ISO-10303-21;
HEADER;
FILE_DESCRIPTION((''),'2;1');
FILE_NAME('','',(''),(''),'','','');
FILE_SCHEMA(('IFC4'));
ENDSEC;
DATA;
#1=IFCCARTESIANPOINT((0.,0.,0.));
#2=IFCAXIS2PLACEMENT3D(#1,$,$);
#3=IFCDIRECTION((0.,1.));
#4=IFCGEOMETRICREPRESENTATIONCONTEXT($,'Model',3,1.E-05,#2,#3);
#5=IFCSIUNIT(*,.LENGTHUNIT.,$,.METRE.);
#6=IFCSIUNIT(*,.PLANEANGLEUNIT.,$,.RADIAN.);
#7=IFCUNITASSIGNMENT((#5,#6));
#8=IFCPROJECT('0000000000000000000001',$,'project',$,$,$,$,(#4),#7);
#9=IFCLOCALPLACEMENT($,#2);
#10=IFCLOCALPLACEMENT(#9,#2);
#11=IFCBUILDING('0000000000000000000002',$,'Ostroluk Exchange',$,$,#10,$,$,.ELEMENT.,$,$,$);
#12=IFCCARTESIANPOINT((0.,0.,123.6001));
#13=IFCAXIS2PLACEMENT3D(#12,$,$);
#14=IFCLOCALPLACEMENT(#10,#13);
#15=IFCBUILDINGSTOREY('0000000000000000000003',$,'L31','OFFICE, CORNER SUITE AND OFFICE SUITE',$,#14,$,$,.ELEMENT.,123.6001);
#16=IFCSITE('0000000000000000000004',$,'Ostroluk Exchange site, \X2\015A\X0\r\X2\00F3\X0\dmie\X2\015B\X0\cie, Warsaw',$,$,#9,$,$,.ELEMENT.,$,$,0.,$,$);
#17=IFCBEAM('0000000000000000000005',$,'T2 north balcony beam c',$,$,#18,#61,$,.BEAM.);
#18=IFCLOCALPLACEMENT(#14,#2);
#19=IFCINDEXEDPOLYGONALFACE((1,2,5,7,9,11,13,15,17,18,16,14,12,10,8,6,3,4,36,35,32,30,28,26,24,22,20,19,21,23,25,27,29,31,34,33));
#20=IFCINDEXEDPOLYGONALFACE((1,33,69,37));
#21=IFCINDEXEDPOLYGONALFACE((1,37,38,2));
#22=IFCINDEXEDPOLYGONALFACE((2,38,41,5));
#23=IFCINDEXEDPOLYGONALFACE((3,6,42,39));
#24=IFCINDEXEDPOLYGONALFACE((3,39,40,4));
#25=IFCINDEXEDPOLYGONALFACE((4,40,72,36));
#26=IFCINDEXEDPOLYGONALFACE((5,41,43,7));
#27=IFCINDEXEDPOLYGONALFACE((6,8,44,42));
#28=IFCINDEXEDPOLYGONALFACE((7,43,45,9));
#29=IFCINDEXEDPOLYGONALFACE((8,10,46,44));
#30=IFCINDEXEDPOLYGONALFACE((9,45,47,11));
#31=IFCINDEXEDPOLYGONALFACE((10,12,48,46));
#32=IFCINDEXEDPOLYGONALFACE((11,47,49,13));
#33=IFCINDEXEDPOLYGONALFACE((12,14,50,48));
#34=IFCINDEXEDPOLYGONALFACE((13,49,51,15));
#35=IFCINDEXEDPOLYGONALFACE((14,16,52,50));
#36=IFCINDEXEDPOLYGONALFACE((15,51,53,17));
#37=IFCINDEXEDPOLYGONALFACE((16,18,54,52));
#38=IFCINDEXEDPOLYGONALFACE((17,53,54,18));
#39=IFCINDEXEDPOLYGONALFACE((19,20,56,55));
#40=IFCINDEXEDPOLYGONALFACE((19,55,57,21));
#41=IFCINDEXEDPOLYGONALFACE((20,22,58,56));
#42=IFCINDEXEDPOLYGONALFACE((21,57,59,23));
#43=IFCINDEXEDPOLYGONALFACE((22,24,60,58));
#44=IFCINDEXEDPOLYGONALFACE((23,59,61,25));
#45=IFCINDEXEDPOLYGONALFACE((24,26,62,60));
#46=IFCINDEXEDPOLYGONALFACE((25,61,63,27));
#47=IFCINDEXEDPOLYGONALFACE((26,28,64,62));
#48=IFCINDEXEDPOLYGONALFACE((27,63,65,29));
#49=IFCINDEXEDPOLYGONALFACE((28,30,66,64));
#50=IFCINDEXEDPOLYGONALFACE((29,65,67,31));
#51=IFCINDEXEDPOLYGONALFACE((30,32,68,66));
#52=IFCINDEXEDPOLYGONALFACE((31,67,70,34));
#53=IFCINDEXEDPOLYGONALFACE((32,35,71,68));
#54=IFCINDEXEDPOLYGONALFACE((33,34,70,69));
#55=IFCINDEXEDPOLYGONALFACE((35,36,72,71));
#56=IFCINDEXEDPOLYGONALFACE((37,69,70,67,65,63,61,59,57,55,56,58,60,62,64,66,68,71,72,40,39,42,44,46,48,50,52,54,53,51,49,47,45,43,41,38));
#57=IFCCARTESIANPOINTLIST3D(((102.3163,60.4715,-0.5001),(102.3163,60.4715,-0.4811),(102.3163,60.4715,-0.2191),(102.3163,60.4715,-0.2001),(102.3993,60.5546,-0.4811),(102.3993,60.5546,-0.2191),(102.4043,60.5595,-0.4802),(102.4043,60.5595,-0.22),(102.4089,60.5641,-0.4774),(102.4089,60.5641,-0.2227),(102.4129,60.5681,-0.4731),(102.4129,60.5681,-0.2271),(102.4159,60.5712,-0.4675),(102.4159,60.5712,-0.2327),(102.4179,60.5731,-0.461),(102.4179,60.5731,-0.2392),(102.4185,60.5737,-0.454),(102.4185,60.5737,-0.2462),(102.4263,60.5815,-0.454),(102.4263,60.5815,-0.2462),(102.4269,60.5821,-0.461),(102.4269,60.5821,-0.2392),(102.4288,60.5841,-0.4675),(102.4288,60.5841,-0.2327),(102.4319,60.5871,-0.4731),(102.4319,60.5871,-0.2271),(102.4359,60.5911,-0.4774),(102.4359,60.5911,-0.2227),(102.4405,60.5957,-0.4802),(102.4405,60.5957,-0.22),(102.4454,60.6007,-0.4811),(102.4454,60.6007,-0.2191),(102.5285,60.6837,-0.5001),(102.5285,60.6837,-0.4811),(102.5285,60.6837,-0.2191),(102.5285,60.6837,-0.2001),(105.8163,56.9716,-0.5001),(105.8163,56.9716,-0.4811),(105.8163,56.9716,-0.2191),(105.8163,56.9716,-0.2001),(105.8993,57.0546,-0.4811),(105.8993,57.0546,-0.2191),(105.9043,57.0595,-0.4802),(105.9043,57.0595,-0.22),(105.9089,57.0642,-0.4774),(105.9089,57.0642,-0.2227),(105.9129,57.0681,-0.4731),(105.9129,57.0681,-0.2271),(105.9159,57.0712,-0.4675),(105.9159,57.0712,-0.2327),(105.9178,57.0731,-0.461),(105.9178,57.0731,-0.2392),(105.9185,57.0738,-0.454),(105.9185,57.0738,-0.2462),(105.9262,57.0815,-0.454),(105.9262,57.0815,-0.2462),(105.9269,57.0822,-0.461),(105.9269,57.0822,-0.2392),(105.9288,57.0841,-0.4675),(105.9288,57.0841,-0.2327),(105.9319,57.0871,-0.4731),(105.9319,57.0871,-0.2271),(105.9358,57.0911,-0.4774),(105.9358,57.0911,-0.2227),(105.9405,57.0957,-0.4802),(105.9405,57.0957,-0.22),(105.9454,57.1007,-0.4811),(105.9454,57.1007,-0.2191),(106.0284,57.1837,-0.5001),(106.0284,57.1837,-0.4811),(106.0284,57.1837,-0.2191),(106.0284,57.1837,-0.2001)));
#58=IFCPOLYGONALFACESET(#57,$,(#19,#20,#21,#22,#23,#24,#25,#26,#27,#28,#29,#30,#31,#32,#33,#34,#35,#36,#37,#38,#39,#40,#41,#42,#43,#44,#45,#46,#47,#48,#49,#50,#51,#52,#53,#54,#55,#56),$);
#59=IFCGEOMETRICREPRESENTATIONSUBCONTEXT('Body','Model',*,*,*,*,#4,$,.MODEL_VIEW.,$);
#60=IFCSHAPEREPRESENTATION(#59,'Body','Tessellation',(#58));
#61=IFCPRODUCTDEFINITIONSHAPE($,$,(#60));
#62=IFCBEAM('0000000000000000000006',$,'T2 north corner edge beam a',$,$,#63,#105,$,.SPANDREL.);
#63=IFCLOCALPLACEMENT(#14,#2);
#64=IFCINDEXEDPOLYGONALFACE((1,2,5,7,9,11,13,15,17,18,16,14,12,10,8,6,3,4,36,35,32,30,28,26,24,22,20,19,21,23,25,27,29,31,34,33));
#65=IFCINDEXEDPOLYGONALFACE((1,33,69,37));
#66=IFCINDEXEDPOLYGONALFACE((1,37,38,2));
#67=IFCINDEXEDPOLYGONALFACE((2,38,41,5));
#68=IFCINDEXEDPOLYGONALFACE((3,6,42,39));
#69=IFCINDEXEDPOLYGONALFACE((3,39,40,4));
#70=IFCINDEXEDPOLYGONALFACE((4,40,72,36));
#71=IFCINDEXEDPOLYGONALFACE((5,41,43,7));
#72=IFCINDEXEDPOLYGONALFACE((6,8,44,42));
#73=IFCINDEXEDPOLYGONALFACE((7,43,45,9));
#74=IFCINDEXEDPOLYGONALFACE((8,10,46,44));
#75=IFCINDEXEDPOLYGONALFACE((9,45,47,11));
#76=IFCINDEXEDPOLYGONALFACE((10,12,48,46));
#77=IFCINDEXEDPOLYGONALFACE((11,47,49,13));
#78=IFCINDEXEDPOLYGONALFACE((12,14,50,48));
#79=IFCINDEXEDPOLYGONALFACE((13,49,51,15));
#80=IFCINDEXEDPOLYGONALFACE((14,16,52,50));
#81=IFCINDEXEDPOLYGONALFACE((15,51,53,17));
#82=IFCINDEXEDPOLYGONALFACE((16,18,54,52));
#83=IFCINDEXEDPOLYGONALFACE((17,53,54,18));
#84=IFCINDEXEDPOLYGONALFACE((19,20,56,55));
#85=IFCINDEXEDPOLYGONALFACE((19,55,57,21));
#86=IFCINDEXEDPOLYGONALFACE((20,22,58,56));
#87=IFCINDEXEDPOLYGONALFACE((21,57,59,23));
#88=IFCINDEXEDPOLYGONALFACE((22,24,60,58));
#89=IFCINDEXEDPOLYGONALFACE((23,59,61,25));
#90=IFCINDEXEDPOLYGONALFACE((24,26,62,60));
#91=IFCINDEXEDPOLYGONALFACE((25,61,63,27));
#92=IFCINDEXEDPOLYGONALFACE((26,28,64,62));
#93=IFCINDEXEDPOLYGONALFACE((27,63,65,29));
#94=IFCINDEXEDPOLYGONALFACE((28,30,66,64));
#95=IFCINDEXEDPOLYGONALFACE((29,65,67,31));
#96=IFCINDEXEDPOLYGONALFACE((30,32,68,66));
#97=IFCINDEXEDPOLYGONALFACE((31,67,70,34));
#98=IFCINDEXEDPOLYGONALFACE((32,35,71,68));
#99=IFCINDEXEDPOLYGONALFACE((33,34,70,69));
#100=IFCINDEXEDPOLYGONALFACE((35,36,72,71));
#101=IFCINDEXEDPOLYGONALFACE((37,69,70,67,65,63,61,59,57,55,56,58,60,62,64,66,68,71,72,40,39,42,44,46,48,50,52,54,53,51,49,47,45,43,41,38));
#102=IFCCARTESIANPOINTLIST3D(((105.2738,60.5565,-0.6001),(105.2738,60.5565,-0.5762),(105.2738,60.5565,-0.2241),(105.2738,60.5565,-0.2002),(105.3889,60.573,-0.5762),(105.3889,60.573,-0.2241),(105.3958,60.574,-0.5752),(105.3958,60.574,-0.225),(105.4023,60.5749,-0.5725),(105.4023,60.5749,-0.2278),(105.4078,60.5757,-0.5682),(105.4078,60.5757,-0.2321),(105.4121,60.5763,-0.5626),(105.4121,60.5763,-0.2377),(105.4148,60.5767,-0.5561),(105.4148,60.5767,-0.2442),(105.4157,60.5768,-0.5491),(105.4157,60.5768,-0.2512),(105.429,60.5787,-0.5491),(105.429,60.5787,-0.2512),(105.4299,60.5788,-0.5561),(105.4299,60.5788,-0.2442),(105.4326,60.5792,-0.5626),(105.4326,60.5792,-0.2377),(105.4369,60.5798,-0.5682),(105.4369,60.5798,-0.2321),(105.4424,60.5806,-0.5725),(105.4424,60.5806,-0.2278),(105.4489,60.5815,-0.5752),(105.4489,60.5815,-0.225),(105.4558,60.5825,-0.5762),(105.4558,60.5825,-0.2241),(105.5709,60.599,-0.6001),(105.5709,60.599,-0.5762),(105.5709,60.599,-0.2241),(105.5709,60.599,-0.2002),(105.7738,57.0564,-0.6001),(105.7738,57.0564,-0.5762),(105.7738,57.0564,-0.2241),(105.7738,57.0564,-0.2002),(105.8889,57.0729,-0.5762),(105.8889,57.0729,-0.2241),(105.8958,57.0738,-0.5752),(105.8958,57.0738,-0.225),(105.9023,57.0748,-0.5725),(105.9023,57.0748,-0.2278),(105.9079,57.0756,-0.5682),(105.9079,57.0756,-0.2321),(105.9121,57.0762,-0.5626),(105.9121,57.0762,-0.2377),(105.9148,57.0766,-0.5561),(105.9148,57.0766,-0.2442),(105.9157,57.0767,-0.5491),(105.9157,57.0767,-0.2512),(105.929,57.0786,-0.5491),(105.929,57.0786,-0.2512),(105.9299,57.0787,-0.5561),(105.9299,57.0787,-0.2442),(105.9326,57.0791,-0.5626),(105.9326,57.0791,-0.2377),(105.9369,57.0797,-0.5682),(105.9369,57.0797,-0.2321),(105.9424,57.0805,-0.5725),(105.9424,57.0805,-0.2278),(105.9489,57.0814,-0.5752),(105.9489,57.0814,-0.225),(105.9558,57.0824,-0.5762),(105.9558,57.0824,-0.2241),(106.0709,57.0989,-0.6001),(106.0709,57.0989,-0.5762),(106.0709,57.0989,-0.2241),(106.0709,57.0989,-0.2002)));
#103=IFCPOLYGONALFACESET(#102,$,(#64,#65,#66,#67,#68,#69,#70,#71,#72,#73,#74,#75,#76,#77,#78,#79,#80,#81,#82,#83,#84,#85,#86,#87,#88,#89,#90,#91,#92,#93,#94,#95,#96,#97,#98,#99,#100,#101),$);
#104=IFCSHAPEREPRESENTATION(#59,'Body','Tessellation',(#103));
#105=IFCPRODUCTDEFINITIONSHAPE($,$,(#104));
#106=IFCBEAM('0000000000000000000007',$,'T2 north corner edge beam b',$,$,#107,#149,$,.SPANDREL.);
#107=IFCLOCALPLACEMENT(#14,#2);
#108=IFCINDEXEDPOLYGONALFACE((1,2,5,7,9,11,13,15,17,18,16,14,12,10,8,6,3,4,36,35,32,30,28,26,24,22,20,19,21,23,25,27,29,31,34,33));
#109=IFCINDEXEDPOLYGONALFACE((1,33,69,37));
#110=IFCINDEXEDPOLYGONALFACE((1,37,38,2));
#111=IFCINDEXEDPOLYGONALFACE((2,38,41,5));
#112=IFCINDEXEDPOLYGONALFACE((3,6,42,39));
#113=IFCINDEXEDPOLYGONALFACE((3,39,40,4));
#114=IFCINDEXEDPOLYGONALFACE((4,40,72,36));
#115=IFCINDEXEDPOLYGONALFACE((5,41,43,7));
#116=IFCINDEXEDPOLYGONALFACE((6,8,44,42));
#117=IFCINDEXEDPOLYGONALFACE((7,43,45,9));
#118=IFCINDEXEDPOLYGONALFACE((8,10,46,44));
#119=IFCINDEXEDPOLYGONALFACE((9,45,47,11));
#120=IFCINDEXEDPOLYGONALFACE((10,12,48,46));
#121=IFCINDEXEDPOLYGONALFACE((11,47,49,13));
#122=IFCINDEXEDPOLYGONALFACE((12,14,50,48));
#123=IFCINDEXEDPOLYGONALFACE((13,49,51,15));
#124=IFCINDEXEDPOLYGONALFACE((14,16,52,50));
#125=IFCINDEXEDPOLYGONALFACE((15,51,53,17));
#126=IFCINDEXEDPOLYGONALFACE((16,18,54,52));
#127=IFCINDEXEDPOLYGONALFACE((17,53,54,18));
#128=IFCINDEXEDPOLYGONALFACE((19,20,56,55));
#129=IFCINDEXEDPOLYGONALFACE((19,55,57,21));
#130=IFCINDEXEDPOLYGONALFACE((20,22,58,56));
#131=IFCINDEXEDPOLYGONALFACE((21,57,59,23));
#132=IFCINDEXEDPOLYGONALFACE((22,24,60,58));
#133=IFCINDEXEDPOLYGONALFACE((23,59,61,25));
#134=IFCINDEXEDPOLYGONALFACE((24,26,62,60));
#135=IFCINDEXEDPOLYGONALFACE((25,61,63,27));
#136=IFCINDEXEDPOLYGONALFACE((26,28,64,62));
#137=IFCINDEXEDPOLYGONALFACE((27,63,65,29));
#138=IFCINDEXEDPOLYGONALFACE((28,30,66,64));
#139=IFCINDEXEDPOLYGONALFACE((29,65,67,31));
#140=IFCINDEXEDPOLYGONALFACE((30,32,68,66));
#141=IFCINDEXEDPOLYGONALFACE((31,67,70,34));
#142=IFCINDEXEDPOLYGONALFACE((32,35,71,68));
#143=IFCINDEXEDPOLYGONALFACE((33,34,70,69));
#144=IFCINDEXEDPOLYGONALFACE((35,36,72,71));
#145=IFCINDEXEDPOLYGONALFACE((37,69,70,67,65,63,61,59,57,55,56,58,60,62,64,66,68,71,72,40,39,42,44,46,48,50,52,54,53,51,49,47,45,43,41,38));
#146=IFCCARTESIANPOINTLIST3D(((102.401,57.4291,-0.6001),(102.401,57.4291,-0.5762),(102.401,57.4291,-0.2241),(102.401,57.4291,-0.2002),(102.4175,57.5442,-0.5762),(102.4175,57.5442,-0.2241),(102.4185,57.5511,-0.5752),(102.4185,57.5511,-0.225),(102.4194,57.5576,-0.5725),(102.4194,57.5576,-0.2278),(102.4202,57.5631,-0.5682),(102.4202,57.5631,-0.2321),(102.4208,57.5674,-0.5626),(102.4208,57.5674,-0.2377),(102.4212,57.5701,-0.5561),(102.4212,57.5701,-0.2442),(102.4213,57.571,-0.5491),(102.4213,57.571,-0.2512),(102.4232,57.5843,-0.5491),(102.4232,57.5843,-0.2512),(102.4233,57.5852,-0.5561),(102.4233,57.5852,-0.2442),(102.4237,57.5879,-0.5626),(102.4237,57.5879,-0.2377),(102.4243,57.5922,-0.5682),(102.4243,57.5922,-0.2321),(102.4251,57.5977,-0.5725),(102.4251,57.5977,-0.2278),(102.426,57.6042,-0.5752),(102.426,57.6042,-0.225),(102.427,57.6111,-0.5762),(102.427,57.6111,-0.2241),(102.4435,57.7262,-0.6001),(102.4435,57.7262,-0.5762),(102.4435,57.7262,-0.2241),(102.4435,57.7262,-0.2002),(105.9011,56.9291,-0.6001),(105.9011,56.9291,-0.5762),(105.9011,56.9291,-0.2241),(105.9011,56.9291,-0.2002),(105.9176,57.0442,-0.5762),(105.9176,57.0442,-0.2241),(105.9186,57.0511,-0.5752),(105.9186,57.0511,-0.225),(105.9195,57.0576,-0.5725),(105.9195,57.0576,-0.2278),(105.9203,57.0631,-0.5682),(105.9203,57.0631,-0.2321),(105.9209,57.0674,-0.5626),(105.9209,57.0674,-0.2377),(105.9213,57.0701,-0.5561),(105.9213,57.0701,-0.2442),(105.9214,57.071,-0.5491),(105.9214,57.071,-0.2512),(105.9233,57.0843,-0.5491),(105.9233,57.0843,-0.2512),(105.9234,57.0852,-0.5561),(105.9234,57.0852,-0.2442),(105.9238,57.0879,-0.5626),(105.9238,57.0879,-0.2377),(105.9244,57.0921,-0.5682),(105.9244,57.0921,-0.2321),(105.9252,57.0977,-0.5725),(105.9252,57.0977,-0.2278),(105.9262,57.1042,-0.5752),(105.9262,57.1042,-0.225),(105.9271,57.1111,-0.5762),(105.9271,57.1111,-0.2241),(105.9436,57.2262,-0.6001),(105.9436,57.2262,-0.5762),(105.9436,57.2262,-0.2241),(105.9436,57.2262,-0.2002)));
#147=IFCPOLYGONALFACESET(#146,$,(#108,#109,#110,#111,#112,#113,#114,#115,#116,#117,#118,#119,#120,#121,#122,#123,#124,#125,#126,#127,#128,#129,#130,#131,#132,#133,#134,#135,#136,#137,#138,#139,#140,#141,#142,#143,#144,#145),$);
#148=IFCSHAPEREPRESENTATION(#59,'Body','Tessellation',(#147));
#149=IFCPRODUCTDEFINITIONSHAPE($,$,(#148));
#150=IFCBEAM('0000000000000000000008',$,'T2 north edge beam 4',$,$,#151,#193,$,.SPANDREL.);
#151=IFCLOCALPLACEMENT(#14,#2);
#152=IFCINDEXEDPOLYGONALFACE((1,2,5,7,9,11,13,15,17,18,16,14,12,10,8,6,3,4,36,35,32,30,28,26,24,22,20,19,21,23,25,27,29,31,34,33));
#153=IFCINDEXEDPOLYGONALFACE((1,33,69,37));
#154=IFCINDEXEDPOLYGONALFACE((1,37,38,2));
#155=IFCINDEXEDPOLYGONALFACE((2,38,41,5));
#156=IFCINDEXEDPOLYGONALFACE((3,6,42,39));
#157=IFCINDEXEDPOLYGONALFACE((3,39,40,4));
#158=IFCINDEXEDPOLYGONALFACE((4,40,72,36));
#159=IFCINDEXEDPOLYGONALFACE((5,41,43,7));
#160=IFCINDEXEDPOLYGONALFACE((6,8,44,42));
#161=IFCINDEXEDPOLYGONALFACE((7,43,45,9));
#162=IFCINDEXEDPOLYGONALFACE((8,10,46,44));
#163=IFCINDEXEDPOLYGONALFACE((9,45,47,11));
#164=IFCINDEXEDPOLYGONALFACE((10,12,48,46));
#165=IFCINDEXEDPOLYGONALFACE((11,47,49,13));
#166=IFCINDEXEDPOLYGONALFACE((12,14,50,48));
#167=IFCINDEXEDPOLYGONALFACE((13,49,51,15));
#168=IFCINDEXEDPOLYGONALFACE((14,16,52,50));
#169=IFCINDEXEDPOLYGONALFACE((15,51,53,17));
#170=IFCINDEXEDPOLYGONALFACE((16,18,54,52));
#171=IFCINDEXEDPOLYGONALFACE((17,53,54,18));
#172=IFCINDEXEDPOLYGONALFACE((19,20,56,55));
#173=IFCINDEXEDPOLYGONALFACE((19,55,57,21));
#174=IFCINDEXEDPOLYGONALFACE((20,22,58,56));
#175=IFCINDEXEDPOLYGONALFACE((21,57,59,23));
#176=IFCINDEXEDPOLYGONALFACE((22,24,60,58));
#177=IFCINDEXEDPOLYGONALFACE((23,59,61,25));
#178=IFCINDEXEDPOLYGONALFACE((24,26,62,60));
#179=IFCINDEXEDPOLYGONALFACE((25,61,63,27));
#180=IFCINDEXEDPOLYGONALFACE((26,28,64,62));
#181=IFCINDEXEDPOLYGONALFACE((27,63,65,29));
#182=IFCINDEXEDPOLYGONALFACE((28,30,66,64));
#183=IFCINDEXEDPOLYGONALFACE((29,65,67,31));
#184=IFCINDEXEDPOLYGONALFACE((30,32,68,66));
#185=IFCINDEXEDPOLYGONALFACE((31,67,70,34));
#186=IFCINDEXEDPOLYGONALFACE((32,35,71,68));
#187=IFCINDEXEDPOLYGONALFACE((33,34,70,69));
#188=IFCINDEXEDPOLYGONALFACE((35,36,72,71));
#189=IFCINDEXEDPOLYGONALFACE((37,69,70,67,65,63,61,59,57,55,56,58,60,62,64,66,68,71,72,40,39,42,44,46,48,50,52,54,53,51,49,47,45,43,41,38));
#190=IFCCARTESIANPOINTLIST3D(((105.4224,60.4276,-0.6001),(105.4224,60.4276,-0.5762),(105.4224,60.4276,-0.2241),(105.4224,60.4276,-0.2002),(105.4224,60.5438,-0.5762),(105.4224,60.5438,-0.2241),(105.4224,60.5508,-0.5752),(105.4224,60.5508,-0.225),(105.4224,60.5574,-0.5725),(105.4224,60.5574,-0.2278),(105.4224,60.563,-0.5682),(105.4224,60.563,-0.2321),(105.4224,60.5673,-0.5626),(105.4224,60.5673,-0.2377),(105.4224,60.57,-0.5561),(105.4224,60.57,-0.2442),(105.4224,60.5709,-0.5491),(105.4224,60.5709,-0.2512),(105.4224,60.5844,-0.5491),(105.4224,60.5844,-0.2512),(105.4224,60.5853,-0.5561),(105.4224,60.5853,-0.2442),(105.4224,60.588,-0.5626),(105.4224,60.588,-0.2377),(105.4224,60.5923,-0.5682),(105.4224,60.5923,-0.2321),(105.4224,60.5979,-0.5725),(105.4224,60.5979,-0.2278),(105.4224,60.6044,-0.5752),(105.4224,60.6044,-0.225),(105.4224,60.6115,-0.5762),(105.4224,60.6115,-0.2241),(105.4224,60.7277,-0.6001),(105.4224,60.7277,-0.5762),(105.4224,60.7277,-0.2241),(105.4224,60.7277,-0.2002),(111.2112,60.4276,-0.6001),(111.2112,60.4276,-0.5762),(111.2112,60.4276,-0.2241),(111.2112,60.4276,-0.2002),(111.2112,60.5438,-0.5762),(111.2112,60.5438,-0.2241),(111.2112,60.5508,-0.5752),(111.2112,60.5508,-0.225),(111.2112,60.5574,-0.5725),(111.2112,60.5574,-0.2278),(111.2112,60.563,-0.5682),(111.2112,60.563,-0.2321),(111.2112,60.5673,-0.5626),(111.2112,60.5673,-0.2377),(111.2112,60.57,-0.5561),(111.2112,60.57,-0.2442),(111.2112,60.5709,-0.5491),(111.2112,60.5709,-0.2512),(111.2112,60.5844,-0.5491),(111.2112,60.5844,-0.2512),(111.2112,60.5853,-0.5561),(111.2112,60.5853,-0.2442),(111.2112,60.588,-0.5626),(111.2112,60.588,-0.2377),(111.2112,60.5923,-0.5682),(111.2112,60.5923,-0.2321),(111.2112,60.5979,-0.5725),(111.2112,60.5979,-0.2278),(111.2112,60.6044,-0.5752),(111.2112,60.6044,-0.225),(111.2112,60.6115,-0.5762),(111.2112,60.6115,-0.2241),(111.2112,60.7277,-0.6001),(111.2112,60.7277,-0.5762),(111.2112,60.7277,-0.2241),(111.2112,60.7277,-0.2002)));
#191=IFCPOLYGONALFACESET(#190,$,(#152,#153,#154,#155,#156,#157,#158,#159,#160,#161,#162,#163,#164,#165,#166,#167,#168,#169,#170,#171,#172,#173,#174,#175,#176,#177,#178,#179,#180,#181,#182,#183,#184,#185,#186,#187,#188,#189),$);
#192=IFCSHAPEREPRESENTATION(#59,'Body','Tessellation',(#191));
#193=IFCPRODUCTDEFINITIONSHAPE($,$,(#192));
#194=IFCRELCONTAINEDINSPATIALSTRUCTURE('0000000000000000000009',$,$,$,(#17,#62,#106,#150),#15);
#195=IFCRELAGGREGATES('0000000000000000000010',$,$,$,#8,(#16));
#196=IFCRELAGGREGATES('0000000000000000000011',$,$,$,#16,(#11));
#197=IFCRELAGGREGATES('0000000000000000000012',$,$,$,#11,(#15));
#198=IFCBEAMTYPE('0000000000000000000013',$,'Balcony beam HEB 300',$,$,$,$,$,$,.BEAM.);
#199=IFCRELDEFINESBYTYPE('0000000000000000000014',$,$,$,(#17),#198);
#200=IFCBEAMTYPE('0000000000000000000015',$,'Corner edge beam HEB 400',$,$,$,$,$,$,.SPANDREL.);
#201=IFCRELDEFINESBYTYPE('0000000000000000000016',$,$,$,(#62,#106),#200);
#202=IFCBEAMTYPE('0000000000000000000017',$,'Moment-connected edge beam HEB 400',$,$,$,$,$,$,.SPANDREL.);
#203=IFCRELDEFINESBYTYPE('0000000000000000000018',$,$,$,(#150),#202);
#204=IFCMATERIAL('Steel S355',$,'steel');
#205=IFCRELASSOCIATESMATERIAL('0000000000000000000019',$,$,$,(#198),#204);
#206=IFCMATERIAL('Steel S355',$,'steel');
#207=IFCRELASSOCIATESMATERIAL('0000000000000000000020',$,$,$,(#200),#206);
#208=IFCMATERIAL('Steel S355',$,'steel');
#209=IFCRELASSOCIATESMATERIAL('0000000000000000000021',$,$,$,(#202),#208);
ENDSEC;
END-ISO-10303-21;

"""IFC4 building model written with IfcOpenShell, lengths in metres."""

from ifc_helpers import new_model, si_unit, direction, frame, origin, origin_2d, place, context, subcontext, project, spatial, i_section, extrude, material, material_profile, profile_set, type_object, element, save


model = new_model("IFC4")

# Units and contexts
model_context = context("Model", 3, precision=1e-05, world=origin(), true_north=direction((0.0, 1.0)))
body_context = subcontext(model_context, "Body", "Model", "MODEL_VIEW")
ifc_project = project(units=[si_unit("LENGTHUNIT", "METRE"), si_unit("PLANEANGLEUNIT", "RADIAN")], contexts=[model_context])

# Site, building, storey
site_placement = place(None, origin())
site = spatial("IfcSite", under=ifc_project, at=site_placement, Name="Ostroluk Exchange site, Śródmieście, Warsaw", CompositionType="ELEMENT", RefElevation=0.0)
building_placement = place(site_placement, origin())
building = spatial("IfcBuilding", under=site, at=building_placement, Name="Ostroluk Exchange", CompositionType="ELEMENT")
storey_placement = place(building_placement, frame((0.0, 0.0, 123.6001)))
storey = spatial("IfcBuildingStorey", under=building, at=storey_placement, Name="L31", Description="OFFICE, CORNER SUITE AND OFFICE SUITE", CompositionType="ELEMENT", Elevation=123.6001)

# Beams
ifc_material_1 = material(Name="Steel S355", Category="steel")
ifc_material_profile_1 = material_profile(ifc_material_1, i_section(OverallWidth=0.3, OverallDepth=0.3, WebThickness=0.011, FlangeThickness=0.019, FilletRadius=0.0271, at=origin_2d()), Name="HEB 300")
ifc_profile_set_1 = profile_set([ifc_material_profile_1], Name="Steel S355")
beam_type_1 = type_object("IfcBeamType", Name="Balcony beam HEB 300", PredefinedType="BEAM", material=ifc_profile_set_1)
beam_1_placement = place(storey_placement, frame((105.9224, 57.0776, -0.3501), z_axis=(-0.707107, 0.707107, 0.0), x_axis=(-0.707107, -0.707107, 0.0)))
element("IfcBeam", 1, at=beam_1_placement, inside=storey, type_object=beam_type_1, Name="T2 north balcony beam c", PredefinedType="BEAM", context=body_context, shape_type="SweptSolid", body=[
    extrude(i_section(OverallWidth=0.3, OverallDepth=0.3, WebThickness=0.011, FlangeThickness=0.019, FilletRadius=0.0271, at=origin_2d()), origin(), (0.0, 0.0, 1.0), 4.9497),
])
ifc_material_2 = material(Name="Steel S355", Category="steel")
ifc_material_profile_2 = material_profile(ifc_material_2, i_section(OverallWidth=0.3, OverallDepth=0.3999, WebThickness=0.0134, FlangeThickness=0.0239, FilletRadius=0.0271, at=origin_2d()), Name="HEB 400")
ifc_profile_set_2 = profile_set([ifc_material_profile_2], Name="Steel S355")
beam_type_2 = type_object("IfcBeamType", Name="Corner edge beam HEB 400", PredefinedType="SPANDREL", material=ifc_profile_set_2)
for number, where, z_axis, x_axis, name in (
    (2, (105.9224, 57.0776, -0.4001), (-0.141421, 0.989949, 0.0), (-0.989949, -0.141421, 0.0), "T2 north corner edge beam a"),
    (3, (105.9224, 57.0776, -0.4001), (-0.989949, 0.141421, 0.0), (-0.141421, -0.989949, 0.0), "T2 north corner edge beam b"),
):
    element("IfcBeam", number, at=place(storey_placement, frame(where, z_axis=z_axis, x_axis=x_axis)), inside=storey, type_object=beam_type_2, Name=name, PredefinedType="SPANDREL", context=body_context, shape_type="SweptSolid", body=[
        extrude(i_section(OverallWidth=0.3, OverallDepth=0.3999, WebThickness=0.0134, FlangeThickness=0.0239, FilletRadius=0.0271, at=origin_2d()), origin(), (0.0, 0.0, 1.0), 3.5356),
    ])
ifc_material_3 = material(Name="Steel S355", Category="steel")
ifc_material_profile_3 = material_profile(ifc_material_3, i_section(OverallWidth=0.3, OverallDepth=0.3999, WebThickness=0.0134, FlangeThickness=0.0239, FilletRadius=0.0271, at=origin_2d()), Name="HEB 400")
ifc_profile_set_3 = profile_set([ifc_material_profile_3], Name="Steel S355")
beam_type_3 = type_object("IfcBeamType", Name="Moment-connected edge beam HEB 400", PredefinedType="SPANDREL", material=ifc_profile_set_3)
beam_2_placement = place(storey_placement, frame((111.2112, 60.5776, -0.4001), z_axis=(-1.0, 0.0, 0.0), x_axis=(0.0, -1.0, 0.0)))
element("IfcBeam", 4, at=beam_2_placement, inside=storey, type_object=beam_type_3, Name="T2 north edge beam 4", PredefinedType="SPANDREL", context=body_context, shape_type="SweptSolid", body=[
    extrude(i_section(OverallWidth=0.3, OverallDepth=0.3999, WebThickness=0.0134, FlangeThickness=0.0239, FilletRadius=0.0271, at=origin_2d()), origin(), (0.0, 0.0, 1.0), 5.7888),
])

save(model, "model.ifc")
